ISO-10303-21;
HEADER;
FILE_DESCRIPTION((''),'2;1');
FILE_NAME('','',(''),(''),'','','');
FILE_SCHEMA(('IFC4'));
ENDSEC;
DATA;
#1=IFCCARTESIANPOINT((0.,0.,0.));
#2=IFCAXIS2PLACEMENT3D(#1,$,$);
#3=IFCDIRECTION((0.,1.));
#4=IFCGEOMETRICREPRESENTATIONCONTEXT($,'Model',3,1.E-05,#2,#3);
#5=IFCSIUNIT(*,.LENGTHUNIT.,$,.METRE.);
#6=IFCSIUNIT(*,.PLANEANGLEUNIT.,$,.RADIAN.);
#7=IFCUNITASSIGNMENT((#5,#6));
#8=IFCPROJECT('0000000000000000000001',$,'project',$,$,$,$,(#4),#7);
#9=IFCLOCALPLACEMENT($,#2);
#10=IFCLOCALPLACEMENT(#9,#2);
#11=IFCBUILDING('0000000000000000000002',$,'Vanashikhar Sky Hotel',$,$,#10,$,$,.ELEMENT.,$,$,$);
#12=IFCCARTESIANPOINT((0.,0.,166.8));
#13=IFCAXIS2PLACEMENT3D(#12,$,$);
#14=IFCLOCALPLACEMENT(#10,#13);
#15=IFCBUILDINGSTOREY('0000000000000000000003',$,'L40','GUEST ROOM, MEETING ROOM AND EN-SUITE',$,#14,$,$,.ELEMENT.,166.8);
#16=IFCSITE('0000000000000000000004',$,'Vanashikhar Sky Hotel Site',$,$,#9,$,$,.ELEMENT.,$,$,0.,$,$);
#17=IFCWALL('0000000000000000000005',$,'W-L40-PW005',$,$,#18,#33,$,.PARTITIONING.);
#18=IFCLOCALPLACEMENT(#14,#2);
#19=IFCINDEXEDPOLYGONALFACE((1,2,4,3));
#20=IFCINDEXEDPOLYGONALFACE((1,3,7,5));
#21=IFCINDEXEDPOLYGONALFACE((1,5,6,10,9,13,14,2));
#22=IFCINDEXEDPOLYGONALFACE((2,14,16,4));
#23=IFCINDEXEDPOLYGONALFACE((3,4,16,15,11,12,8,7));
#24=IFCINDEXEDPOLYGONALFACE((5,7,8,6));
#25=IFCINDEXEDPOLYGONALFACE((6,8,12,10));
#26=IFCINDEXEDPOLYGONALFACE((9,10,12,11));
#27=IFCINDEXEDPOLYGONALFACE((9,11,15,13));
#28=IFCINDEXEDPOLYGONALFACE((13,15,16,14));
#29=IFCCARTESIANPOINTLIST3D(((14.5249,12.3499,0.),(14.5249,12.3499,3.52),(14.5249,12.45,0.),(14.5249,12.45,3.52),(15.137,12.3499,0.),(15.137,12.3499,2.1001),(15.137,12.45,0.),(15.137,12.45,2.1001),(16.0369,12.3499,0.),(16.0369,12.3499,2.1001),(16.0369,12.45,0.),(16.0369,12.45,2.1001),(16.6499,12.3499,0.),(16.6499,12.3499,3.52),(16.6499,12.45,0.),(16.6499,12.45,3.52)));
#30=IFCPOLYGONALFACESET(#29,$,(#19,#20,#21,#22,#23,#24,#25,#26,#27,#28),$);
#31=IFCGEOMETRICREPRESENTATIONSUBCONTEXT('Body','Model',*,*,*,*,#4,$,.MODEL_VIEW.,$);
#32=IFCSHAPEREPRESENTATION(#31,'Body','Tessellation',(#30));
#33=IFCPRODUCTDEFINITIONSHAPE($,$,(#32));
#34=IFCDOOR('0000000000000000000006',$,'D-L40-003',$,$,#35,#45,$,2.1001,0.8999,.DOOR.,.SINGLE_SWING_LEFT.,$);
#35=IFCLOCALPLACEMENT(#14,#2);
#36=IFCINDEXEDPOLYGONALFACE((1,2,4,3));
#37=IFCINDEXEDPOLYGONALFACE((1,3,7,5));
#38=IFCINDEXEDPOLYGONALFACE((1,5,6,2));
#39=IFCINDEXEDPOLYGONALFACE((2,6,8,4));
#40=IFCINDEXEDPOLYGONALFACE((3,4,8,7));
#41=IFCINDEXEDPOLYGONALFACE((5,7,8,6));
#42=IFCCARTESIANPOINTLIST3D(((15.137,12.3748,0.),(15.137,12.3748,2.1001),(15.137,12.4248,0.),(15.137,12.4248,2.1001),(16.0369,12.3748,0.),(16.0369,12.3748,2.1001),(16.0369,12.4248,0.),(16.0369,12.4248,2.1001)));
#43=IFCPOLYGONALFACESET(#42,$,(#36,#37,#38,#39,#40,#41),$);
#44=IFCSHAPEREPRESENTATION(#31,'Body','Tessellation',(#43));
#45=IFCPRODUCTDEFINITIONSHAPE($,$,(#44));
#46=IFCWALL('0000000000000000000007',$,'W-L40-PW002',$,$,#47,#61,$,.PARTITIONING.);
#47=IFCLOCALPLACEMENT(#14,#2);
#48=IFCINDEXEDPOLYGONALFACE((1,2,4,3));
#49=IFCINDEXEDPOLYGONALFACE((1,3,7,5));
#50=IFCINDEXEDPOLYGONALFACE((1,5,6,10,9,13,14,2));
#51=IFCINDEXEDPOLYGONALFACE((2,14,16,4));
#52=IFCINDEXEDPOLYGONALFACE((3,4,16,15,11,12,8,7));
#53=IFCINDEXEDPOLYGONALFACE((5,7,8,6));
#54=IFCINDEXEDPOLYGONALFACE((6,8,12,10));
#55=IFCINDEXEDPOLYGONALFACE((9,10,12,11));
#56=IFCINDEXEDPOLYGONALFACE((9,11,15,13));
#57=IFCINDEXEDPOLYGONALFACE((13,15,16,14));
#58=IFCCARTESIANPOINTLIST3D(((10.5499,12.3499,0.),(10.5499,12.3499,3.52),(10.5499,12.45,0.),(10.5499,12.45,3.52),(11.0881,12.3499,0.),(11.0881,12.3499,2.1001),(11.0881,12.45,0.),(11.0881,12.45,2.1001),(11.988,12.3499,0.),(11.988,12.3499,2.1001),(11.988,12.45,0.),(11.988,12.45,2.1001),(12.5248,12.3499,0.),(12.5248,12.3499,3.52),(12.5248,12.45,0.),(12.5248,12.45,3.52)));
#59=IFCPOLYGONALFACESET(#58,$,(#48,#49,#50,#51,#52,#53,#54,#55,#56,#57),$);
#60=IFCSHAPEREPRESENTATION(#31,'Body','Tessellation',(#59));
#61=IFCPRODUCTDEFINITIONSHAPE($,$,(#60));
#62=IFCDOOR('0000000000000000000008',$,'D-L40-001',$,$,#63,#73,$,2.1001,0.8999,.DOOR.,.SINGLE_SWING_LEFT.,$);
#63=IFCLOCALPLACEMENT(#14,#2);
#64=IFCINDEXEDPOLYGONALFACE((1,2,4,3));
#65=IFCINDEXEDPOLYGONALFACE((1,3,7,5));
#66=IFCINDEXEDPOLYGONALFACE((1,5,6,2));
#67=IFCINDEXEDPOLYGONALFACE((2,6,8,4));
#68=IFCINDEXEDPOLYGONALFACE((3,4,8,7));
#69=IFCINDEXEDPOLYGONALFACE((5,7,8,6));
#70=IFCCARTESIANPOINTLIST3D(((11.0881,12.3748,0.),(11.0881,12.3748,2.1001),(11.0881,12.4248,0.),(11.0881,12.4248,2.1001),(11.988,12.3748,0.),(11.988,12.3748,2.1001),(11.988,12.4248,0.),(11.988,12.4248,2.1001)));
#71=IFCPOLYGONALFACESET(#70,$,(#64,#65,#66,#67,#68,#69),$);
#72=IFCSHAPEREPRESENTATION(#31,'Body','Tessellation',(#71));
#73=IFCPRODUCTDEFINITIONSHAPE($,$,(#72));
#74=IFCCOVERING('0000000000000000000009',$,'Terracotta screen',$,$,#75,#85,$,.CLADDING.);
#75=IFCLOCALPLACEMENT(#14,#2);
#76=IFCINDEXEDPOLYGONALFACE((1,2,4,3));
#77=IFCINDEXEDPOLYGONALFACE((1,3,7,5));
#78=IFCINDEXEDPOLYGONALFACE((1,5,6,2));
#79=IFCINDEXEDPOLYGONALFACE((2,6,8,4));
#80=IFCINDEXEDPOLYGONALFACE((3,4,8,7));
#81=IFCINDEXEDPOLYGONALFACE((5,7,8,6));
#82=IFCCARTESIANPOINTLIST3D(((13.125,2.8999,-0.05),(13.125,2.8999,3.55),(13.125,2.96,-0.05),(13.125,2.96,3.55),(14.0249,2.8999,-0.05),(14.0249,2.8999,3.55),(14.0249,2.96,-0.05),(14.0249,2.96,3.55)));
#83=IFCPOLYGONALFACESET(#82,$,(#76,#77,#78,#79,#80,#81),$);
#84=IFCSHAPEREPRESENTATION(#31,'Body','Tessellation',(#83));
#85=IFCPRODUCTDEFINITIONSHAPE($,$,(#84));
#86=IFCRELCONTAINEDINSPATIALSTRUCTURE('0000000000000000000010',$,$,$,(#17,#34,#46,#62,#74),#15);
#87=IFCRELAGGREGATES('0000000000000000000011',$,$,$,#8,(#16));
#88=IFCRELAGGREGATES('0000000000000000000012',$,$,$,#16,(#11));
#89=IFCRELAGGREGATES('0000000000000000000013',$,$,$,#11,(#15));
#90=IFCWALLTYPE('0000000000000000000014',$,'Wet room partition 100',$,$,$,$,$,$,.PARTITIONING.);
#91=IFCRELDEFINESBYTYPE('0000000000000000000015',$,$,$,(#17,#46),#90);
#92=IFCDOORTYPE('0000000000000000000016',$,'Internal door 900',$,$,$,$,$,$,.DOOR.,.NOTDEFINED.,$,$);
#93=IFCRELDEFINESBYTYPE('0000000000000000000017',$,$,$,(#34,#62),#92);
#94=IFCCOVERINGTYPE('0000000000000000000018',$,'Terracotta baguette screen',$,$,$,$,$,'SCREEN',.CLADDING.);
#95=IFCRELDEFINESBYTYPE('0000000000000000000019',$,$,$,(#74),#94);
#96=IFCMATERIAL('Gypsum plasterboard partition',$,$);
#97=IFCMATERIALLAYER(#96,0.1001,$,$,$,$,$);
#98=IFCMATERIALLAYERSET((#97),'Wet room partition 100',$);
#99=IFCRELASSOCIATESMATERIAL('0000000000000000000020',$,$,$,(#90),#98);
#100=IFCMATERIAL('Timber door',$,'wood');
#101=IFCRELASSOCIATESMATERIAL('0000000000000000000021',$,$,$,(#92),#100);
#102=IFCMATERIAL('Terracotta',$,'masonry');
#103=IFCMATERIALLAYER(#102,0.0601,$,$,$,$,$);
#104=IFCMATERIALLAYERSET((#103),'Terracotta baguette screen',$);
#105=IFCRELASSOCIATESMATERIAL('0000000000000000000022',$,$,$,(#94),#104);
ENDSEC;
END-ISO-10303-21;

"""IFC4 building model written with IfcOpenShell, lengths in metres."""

from ifc_helpers import new_model, si_unit, direction, frame, frame_2d, origin, origin_2d, place, context, subcontext, project, spatial, rectangle, extrude, source, transform, mapped, material, layer, layer_set, type_object, element, fill, save


model = new_model("IFC4")

# Units and contexts
model_context = context("Model", 3, precision=1e-05, world=origin(), true_north=direction((0.0, 1.0)))
body_context = subcontext(model_context, "Body", "Model", "MODEL_VIEW")
ifc_project = project(units=[si_unit("LENGTHUNIT", "METRE"), si_unit("PLANEANGLEUNIT", "RADIAN")], contexts=[model_context])

# Site, building, storey
site_placement = place(None, origin())
site = spatial("IfcSite", under=ifc_project, at=site_placement, Name="Vanashikhar Sky Hotel Site", CompositionType="ELEMENT", RefElevation=0.0)
building_placement = place(site_placement, origin())
building = spatial("IfcBuilding", under=site, at=building_placement, Name="Vanashikhar Sky Hotel", CompositionType="ELEMENT")
storey_placement = place(building_placement, frame((0.0, 0.0, 166.8)))
storey = spatial("IfcBuildingStorey", under=building, at=storey_placement, Name="L40", Description="GUEST ROOM, MEETING ROOM AND EN-SUITE", CompositionType="ELEMENT", Elevation=166.8)

# Shared definitions
ifc_material_1 = material(Name="Gypsum plasterboard partition")

# Walls, openings, doors
ifc_layer_1 = layer(ifc_material_1, 0.1001)
ifc_layer_set_1 = layer_set([ifc_layer_1], Name="Wet room partition 100")
wall_type_1 = type_object("IfcWallType", Name="Wet room partition 100", PredefinedType="PARTITIONING", material=ifc_layer_set_1)
shared_shape_1 = source(origin(), body_context, "Body", "SweptSolid", [
    extrude(rectangle(XDim=2.125, YDim=0.1001, at=frame_2d((1.0625, 0.0))), origin(), (0.0, 0.0, 1.0), 3.52),
])
wall_1_placement = place(storey_placement, frame((14.5249, 12.3999, 0.0), z_axis=(0.0, 0.0, 1.0), x_axis=(1.0, 0.0, 0.0)))
wall_1 = element("IfcWall", 1, at=wall_1_placement, inside=storey, type_object=wall_type_1, Name="W-L40-PW005", PredefinedType="PARTITIONING", context=body_context, shape_type="MappedRepresentation", body=[
    mapped(shared_shape_1, transform((0.0, 0.0, 0.0), scale=1.0)),
])
shared_shape_2 = source(origin(), body_context, "Body", "SweptSolid", [
    extrude(rectangle(XDim=0.8999, YDim=2.1001, at=frame_2d((0.45, 1.05))), frame((0.0, 0.0601, 0.0), z_axis=(0.0, -1.0, 0.0), x_axis=(1.0, 0.0, 0.0)), (0.0, 0.0, 1.0), 0.1201),
])
opening_1_placement = place(wall_1_placement, frame((0.6121, 0.0, 0.0)))
opening_1 = element("IfcOpeningElement", 2, at=opening_1_placement, cuts=wall_1, PredefinedType="OPENING", context=body_context, shape_type="MappedRepresentation", body=[
    mapped(shared_shape_2, transform((0.0, 0.0, 0.0), scale=1.0)),
])
ifc_material_2 = material(Name="Timber door", Category="wood")
door_type_1 = type_object("IfcDoorType", Name="Internal door 900", OperationType="NOTDEFINED", PredefinedType="DOOR", material=ifc_material_2)
shared_shape_3 = source(origin(), body_context, "Body", "SweptSolid", [
    extrude(rectangle(XDim=0.8999, YDim=2.1001, at=frame_2d((0.45, 1.05))), frame((0.0, 0.0249, 0.0), z_axis=(0.0, -1.0, 0.0), x_axis=(1.0, 0.0, 0.0)), (0.0, 0.0, 1.0), 0.05),
])
door_1_placement = place(opening_1_placement, origin())
door_1 = element("IfcDoor", 3, at=door_1_placement, inside=storey, type_object=door_type_1, Name="D-L40-003", OperationType="SINGLE_SWING_LEFT", OverallHeight=2.1001, OverallWidth=0.8999, PredefinedType="DOOR", context=body_context, shape_type="MappedRepresentation", body=[
    mapped(shared_shape_3, transform((0.0, 0.0, 0.0), scale=1.0)),
])
fill(opening_1, door_1)
shared_shape_4 = source(origin(), body_context, "Body", "SweptSolid", [
    extrude(rectangle(XDim=1.9749, YDim=0.1001, at=frame_2d((0.9873, 0.0))), origin(), (0.0, 0.0, 1.0), 3.52),
])
wall_2_placement = place(storey_placement, frame((10.55, 12.3999, 0.0), z_axis=(0.0, 0.0, 1.0), x_axis=(1.0, 0.0, 0.0)))
wall_2 = element("IfcWall", 4, at=wall_2_placement, inside=storey, type_object=wall_type_1, Name="W-L40-PW002", PredefinedType="PARTITIONING", context=body_context, shape_type="MappedRepresentation", body=[
    mapped(shared_shape_4, transform((0.0, 0.0, 0.0), scale=1.0)),
])
opening_2_placement = place(wall_2_placement, frame((0.5381, 0.0, 0.0)))
opening_2 = element("IfcOpeningElement", 5, at=opening_2_placement, cuts=wall_2, PredefinedType="OPENING", context=body_context, shape_type="MappedRepresentation", body=[
    mapped(shared_shape_2, transform((0.0, 0.0, 0.0), scale=1.0)),
])
door_2_placement = place(opening_2_placement, origin())
door_2 = element("IfcDoor", 6, at=door_2_placement, inside=storey, type_object=door_type_1, Name="D-L40-001", OperationType="SINGLE_SWING_LEFT", OverallHeight=2.1001, OverallWidth=0.8999, PredefinedType="DOOR", context=body_context, shape_type="MappedRepresentation", body=[
    mapped(shared_shape_3, transform((0.0, 0.0, 0.0), scale=1.0)),
])
fill(opening_2, door_2)

# Covering
ifc_material_3 = material(Name="Terracotta", Category="masonry")
ifc_layer_2 = layer(ifc_material_3, 0.0601)
ifc_layer_set_2 = layer_set([ifc_layer_2], Name="Terracotta baguette screen")
covering_type = type_object("IfcCoveringType", Name="Terracotta baguette screen", ElementType="SCREEN", PredefinedType="CLADDING", material=ifc_layer_set_2)
shared_shape_5 = source(origin(), body_context, "Body", "SweptSolid", [
    extrude(rectangle(XDim=0.8999, YDim=0.0601, at=origin_2d()), origin(), (0.0, 0.0, 1.0), 3.6001),
])
covering_placement = place(storey_placement, frame((13.575, 2.9299, -0.05), z_axis=(0.0, 0.0, 1.0), x_axis=(1.0, 0.0, 0.0)))
element("IfcCovering", 7, at=covering_placement, inside=storey, type_object=covering_type, Name="Terracotta screen", PredefinedType="CLADDING", context=body_context, shape_type="MappedRepresentation", body=[
    mapped(shared_shape_5, transform((0.0, 0.0, 0.0), scale=1.0)),
])

save(model, "model.ifc")
